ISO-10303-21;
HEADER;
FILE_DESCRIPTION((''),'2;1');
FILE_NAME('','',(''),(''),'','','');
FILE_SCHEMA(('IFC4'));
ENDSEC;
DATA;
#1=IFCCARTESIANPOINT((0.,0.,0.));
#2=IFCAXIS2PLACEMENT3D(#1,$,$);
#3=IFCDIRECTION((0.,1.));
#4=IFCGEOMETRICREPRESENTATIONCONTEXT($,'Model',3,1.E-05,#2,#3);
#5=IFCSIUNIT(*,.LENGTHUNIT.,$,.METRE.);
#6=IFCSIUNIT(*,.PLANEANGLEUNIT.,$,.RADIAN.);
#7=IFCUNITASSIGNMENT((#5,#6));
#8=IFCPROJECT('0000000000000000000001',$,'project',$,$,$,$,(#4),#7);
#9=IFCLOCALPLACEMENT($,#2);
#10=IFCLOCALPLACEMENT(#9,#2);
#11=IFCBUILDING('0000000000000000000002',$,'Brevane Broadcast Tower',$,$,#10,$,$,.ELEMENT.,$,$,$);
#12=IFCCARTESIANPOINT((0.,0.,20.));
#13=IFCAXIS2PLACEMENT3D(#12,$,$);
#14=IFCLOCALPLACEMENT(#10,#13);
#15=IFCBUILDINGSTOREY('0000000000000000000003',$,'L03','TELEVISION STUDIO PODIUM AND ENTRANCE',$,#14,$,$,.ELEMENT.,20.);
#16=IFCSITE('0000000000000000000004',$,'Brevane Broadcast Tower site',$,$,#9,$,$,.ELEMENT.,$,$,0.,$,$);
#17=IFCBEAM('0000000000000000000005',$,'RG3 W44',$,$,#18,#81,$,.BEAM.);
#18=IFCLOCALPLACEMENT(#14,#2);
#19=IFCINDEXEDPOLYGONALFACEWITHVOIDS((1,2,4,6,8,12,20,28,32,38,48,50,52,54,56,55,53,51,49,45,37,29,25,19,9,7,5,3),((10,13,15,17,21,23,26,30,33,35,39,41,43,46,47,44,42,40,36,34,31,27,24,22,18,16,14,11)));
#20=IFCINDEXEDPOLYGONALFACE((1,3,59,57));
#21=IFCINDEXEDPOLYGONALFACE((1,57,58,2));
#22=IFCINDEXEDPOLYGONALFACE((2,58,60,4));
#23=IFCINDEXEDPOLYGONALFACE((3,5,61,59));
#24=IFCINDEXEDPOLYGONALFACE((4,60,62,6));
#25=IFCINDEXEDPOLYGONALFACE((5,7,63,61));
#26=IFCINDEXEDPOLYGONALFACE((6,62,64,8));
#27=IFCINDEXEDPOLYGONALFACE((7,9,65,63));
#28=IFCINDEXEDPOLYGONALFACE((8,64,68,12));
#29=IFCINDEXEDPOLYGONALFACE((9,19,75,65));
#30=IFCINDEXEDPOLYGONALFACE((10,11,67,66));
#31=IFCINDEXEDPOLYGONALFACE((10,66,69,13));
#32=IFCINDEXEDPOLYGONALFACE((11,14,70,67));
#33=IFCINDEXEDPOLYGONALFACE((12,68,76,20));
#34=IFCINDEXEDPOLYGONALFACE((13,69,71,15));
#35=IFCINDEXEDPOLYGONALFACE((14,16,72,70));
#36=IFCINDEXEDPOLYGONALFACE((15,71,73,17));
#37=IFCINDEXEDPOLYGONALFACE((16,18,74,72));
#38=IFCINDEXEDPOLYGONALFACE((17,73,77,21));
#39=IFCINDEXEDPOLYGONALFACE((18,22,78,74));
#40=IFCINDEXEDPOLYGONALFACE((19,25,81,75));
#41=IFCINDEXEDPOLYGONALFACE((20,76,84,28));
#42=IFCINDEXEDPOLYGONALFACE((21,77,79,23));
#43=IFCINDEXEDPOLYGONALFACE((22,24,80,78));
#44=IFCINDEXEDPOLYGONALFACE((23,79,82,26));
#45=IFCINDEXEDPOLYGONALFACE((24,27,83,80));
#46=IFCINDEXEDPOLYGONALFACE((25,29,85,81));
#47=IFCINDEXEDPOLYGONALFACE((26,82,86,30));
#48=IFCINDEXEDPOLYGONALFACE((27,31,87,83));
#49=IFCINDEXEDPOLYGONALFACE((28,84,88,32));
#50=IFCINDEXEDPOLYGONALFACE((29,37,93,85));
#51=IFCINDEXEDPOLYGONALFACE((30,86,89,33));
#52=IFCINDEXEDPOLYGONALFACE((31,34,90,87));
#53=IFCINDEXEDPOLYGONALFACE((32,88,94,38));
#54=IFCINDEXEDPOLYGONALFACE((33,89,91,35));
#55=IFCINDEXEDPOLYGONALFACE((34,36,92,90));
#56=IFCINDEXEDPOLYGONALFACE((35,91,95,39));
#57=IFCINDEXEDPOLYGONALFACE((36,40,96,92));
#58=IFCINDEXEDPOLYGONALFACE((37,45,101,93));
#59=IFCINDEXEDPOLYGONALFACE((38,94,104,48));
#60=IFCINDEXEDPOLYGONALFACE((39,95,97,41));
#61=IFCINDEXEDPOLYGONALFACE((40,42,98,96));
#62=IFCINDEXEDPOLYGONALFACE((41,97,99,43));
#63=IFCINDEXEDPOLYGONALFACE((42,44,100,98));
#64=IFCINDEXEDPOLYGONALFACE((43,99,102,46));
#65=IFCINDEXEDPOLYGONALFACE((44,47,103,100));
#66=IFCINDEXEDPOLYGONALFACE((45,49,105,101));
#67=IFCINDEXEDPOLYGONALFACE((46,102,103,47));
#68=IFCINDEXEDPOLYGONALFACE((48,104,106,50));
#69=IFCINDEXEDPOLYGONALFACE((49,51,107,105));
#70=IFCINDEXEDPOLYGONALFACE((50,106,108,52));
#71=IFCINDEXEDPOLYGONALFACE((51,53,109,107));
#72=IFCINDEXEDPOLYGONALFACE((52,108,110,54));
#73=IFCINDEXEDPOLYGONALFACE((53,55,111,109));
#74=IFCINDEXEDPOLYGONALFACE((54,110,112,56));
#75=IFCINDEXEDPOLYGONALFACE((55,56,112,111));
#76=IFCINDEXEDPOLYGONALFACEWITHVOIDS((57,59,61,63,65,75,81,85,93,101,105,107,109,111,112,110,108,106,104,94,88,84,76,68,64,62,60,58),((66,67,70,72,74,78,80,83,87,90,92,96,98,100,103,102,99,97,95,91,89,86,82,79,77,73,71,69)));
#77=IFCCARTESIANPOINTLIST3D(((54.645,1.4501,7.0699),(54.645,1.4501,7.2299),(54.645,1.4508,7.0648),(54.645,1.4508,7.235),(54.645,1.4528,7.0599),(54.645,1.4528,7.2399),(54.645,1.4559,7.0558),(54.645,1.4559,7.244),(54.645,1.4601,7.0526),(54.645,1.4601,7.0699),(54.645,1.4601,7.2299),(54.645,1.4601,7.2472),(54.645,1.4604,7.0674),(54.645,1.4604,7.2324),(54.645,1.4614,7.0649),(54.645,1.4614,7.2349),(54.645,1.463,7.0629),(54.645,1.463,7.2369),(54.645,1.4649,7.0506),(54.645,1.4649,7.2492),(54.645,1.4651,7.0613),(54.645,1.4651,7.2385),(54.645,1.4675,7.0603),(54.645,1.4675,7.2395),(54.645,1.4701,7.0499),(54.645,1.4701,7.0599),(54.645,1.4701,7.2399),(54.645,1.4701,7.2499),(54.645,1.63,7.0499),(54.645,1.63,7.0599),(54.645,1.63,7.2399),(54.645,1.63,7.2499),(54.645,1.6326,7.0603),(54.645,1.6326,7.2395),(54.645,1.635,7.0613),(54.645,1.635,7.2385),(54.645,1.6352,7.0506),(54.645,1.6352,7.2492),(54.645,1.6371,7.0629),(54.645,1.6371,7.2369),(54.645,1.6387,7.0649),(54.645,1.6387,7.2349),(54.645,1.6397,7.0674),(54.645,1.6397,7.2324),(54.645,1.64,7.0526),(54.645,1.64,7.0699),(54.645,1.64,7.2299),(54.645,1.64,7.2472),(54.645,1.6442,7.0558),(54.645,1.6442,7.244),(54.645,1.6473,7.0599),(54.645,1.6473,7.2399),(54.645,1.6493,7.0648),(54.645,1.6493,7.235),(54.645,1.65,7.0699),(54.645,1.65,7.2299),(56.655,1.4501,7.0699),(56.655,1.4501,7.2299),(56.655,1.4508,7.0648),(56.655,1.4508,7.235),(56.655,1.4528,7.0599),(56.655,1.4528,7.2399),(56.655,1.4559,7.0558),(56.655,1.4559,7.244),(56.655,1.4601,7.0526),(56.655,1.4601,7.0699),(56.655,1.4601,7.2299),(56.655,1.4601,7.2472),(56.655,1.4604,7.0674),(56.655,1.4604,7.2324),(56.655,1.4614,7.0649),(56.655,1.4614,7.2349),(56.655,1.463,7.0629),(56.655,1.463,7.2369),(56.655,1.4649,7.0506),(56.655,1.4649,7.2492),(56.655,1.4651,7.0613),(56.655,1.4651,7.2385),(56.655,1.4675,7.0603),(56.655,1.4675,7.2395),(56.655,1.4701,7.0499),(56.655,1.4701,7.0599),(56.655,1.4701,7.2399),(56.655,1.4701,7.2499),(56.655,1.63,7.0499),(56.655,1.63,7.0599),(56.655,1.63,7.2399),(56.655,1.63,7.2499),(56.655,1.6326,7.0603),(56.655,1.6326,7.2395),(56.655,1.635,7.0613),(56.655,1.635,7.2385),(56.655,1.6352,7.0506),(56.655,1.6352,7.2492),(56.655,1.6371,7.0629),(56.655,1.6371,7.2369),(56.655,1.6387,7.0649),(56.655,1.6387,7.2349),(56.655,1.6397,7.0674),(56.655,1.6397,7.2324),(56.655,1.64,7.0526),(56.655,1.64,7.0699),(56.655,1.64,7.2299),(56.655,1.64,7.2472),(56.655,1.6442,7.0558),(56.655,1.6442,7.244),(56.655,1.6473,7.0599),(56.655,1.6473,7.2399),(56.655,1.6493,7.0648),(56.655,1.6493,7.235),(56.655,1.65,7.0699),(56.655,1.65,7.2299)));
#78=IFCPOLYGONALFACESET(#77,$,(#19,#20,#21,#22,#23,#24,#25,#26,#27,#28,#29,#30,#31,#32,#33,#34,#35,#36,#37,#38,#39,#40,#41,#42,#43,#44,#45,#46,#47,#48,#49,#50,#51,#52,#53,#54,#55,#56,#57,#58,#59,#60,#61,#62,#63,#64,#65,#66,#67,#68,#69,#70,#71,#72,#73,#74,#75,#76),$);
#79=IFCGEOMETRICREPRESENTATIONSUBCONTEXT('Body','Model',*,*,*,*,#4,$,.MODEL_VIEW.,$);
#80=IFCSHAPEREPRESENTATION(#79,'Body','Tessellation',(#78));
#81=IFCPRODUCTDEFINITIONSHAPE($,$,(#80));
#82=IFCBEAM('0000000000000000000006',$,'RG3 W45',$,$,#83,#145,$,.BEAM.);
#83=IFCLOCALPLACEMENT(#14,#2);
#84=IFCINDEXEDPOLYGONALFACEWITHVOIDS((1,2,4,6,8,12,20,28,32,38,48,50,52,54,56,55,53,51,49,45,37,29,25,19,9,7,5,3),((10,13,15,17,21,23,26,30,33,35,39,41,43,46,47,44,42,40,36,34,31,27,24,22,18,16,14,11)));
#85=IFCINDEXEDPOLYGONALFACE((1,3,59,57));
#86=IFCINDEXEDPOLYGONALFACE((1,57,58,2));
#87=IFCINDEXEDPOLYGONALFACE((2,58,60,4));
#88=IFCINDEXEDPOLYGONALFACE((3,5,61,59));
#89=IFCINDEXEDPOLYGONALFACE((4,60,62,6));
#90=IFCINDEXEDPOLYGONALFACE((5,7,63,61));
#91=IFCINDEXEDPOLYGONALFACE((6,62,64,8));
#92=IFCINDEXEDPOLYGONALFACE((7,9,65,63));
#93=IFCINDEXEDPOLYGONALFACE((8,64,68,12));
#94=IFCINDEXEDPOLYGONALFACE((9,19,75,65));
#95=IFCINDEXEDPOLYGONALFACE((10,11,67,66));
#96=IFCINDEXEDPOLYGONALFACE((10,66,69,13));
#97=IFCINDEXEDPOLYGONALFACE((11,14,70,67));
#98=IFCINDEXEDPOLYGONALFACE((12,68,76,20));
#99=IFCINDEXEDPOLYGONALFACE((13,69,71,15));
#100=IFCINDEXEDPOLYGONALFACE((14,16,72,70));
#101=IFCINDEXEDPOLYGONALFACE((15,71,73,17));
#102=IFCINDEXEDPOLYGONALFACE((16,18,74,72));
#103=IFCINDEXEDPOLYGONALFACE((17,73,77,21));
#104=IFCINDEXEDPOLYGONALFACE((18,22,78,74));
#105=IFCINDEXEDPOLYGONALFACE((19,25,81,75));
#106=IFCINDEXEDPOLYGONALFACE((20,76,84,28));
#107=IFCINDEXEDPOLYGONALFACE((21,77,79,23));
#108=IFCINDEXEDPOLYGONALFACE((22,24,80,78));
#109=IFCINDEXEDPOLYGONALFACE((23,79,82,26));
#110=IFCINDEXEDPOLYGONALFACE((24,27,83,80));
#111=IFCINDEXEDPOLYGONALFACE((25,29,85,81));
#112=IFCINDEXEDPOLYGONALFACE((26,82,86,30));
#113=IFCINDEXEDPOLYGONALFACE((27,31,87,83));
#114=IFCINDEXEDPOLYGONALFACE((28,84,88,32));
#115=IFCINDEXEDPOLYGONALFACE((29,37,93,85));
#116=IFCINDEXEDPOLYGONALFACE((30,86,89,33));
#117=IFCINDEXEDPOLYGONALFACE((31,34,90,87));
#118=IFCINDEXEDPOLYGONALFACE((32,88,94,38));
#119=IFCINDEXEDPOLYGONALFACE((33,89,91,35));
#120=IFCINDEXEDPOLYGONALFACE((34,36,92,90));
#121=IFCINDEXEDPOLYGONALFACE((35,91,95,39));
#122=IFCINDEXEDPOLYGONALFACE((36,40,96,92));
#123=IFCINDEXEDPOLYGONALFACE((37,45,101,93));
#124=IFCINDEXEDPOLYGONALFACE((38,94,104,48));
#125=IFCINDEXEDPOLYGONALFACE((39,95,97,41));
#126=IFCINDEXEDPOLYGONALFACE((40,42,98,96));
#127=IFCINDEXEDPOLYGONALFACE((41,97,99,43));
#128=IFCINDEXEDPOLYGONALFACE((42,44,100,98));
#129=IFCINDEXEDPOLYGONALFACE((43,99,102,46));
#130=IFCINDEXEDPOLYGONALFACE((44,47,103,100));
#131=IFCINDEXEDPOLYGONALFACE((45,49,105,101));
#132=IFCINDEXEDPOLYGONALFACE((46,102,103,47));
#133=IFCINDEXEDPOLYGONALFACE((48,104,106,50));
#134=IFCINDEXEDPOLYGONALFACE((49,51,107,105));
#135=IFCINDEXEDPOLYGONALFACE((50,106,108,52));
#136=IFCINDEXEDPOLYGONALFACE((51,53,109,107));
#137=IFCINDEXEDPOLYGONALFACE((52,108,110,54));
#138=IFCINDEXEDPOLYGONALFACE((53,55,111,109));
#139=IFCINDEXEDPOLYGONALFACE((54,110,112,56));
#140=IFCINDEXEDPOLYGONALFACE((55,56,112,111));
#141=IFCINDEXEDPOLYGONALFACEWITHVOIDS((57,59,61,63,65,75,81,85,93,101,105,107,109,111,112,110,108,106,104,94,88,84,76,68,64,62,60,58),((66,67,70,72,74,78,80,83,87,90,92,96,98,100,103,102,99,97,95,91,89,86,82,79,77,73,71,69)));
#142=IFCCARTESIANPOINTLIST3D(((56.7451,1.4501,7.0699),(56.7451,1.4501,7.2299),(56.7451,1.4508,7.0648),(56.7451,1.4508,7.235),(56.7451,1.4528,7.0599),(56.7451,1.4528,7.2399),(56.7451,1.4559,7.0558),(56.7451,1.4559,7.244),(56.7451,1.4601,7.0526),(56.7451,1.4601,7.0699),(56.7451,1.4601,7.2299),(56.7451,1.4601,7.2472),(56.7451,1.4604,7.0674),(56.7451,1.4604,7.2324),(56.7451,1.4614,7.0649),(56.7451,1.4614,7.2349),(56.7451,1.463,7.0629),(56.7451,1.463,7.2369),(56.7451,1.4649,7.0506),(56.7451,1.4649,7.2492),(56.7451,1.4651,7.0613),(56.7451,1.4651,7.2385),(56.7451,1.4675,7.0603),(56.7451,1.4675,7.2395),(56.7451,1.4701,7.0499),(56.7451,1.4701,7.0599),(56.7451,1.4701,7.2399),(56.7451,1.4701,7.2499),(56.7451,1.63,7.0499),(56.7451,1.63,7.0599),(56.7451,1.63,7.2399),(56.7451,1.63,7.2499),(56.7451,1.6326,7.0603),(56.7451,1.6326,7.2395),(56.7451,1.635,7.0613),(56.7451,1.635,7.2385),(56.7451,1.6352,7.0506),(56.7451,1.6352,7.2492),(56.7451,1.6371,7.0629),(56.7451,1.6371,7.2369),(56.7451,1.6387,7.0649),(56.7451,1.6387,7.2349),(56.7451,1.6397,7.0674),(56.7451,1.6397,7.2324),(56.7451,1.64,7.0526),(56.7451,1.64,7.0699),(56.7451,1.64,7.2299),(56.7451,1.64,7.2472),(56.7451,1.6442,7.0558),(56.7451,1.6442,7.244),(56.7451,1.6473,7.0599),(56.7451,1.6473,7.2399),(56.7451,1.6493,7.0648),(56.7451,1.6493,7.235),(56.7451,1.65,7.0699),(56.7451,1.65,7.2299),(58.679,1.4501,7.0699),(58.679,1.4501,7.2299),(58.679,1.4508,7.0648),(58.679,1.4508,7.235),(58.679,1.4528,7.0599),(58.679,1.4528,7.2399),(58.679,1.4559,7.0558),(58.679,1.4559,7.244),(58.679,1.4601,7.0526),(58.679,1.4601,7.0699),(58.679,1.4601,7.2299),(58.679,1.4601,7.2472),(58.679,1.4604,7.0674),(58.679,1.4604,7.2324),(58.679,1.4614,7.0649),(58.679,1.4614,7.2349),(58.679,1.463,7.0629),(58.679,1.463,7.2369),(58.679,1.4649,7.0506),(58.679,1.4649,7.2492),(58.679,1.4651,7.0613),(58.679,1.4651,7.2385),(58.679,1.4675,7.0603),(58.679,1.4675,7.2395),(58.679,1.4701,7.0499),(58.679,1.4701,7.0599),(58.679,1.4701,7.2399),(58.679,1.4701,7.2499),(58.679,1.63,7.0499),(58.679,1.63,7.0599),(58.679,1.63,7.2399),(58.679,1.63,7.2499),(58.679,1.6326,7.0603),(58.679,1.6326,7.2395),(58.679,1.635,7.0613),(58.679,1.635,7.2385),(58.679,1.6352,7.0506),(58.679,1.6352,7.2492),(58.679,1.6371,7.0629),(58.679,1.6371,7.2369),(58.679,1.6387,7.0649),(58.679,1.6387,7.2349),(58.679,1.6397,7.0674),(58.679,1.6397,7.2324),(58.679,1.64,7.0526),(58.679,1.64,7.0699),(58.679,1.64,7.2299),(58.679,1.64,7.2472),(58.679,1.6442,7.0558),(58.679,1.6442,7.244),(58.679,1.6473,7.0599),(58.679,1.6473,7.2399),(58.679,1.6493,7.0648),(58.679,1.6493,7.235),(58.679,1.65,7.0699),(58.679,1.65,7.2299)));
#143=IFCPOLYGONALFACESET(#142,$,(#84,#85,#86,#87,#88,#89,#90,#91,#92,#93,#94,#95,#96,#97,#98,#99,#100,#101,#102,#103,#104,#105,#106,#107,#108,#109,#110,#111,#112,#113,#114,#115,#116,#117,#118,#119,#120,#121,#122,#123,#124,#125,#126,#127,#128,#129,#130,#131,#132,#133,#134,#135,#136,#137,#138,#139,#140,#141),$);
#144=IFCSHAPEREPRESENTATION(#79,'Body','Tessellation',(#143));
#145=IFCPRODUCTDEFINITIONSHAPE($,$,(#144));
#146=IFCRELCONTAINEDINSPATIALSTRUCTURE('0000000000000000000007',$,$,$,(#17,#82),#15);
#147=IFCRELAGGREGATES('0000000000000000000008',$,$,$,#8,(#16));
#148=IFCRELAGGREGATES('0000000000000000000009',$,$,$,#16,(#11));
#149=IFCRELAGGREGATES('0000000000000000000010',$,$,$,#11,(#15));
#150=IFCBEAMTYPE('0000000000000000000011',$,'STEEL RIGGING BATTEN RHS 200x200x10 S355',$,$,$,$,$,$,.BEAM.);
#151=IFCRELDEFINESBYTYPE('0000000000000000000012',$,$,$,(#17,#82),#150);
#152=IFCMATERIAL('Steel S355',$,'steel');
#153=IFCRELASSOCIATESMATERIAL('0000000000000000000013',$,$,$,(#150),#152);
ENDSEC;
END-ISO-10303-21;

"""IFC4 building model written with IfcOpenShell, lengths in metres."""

from ifc_helpers import new_model, si_unit, direction, frame, origin, origin_2d, place, context, subcontext, project, spatial, hollow_rectangle, extrude, material, material_profile, profile_set, type_object, element, save


model = new_model("IFC4")

# Units and contexts
model_context = context("Model", 3, precision=1e-05, world=origin(), true_north=direction((0.0, 1.0)))
body_context = subcontext(model_context, "Body", "Model", "MODEL_VIEW")
ifc_project = project(units=[si_unit("LENGTHUNIT", "METRE"), si_unit("PLANEANGLEUNIT", "RADIAN")], contexts=[model_context])

# Site, building, storey
site_placement = place(None, origin())
site = spatial("IfcSite", under=ifc_project, at=site_placement, Name="Brevane Broadcast Tower site", CompositionType="ELEMENT", RefElevation=0.0)
building_placement = place(site_placement, origin())
building = spatial("IfcBuilding", under=site, at=building_placement, Name="Brevane Broadcast Tower", CompositionType="ELEMENT")
storey_placement = place(building_placement, frame((0.0, 0.0, 20.0)))
storey = spatial("IfcBuildingStorey", under=building, at=storey_placement, Name="L03", Description="TELEVISION STUDIO PODIUM AND ENTRANCE", CompositionType="ELEMENT", Elevation=20.0)

# Beams
ifc_material_1 = material(Name="Steel S355", Category="steel")
ifc_material_profile_1 = material_profile(ifc_material_1, hollow_rectangle(XDim=0.2, YDim=0.2, WallThickness=0.01, InnerFilletRadius=0.01, OuterFilletRadius=0.02, at=origin_2d()), Name="RHS 200x200x10")
ifc_profile_set_1 = profile_set([ifc_material_profile_1], Name="Steel S355")
beam_type_1 = type_object("IfcBeamType", Name="STEEL RIGGING BATTEN RHS 200x200x10 S355", PredefinedType="BEAM", material=ifc_profile_set_1)
beam_1_placement = place(storey_placement, frame((54.645, 1.55, 7.1499), z_axis=(1.0, 0.0, 0.0), x_axis=(0.0, 1.0, 0.0)))
element("IfcBeam", 1, at=beam_1_placement, inside=storey, type_object=beam_type_1, Name="RG3 W44", PredefinedType="BEAM", context=body_context, shape_type="SweptSolid", body=[
    extrude(hollow_rectangle(XDim=0.2, YDim=0.2, WallThickness=0.01, InnerFilletRadius=0.01, OuterFilletRadius=0.02, at=origin_2d()), origin(), (0.0, 0.0, 1.0), 2.01),
])
beam_2_placement = place(storey_placement, frame((56.7451, 1.55, 7.1499), z_axis=(1.0, 0.0, 0.0), x_axis=(0.0, 1.0, 0.0)))
element("IfcBeam", 2, at=beam_2_placement, inside=storey, type_object=beam_type_1, Name="RG3 W45", PredefinedType="BEAM", context=body_context, shape_type="SweptSolid", body=[
    extrude(hollow_rectangle(XDim=0.2, YDim=0.2, WallThickness=0.01, InnerFilletRadius=0.01, OuterFilletRadius=0.02, at=origin_2d()), origin(), (0.0, 0.0, 1.0), 1.9338),
])

save(model, "model.ifc")
